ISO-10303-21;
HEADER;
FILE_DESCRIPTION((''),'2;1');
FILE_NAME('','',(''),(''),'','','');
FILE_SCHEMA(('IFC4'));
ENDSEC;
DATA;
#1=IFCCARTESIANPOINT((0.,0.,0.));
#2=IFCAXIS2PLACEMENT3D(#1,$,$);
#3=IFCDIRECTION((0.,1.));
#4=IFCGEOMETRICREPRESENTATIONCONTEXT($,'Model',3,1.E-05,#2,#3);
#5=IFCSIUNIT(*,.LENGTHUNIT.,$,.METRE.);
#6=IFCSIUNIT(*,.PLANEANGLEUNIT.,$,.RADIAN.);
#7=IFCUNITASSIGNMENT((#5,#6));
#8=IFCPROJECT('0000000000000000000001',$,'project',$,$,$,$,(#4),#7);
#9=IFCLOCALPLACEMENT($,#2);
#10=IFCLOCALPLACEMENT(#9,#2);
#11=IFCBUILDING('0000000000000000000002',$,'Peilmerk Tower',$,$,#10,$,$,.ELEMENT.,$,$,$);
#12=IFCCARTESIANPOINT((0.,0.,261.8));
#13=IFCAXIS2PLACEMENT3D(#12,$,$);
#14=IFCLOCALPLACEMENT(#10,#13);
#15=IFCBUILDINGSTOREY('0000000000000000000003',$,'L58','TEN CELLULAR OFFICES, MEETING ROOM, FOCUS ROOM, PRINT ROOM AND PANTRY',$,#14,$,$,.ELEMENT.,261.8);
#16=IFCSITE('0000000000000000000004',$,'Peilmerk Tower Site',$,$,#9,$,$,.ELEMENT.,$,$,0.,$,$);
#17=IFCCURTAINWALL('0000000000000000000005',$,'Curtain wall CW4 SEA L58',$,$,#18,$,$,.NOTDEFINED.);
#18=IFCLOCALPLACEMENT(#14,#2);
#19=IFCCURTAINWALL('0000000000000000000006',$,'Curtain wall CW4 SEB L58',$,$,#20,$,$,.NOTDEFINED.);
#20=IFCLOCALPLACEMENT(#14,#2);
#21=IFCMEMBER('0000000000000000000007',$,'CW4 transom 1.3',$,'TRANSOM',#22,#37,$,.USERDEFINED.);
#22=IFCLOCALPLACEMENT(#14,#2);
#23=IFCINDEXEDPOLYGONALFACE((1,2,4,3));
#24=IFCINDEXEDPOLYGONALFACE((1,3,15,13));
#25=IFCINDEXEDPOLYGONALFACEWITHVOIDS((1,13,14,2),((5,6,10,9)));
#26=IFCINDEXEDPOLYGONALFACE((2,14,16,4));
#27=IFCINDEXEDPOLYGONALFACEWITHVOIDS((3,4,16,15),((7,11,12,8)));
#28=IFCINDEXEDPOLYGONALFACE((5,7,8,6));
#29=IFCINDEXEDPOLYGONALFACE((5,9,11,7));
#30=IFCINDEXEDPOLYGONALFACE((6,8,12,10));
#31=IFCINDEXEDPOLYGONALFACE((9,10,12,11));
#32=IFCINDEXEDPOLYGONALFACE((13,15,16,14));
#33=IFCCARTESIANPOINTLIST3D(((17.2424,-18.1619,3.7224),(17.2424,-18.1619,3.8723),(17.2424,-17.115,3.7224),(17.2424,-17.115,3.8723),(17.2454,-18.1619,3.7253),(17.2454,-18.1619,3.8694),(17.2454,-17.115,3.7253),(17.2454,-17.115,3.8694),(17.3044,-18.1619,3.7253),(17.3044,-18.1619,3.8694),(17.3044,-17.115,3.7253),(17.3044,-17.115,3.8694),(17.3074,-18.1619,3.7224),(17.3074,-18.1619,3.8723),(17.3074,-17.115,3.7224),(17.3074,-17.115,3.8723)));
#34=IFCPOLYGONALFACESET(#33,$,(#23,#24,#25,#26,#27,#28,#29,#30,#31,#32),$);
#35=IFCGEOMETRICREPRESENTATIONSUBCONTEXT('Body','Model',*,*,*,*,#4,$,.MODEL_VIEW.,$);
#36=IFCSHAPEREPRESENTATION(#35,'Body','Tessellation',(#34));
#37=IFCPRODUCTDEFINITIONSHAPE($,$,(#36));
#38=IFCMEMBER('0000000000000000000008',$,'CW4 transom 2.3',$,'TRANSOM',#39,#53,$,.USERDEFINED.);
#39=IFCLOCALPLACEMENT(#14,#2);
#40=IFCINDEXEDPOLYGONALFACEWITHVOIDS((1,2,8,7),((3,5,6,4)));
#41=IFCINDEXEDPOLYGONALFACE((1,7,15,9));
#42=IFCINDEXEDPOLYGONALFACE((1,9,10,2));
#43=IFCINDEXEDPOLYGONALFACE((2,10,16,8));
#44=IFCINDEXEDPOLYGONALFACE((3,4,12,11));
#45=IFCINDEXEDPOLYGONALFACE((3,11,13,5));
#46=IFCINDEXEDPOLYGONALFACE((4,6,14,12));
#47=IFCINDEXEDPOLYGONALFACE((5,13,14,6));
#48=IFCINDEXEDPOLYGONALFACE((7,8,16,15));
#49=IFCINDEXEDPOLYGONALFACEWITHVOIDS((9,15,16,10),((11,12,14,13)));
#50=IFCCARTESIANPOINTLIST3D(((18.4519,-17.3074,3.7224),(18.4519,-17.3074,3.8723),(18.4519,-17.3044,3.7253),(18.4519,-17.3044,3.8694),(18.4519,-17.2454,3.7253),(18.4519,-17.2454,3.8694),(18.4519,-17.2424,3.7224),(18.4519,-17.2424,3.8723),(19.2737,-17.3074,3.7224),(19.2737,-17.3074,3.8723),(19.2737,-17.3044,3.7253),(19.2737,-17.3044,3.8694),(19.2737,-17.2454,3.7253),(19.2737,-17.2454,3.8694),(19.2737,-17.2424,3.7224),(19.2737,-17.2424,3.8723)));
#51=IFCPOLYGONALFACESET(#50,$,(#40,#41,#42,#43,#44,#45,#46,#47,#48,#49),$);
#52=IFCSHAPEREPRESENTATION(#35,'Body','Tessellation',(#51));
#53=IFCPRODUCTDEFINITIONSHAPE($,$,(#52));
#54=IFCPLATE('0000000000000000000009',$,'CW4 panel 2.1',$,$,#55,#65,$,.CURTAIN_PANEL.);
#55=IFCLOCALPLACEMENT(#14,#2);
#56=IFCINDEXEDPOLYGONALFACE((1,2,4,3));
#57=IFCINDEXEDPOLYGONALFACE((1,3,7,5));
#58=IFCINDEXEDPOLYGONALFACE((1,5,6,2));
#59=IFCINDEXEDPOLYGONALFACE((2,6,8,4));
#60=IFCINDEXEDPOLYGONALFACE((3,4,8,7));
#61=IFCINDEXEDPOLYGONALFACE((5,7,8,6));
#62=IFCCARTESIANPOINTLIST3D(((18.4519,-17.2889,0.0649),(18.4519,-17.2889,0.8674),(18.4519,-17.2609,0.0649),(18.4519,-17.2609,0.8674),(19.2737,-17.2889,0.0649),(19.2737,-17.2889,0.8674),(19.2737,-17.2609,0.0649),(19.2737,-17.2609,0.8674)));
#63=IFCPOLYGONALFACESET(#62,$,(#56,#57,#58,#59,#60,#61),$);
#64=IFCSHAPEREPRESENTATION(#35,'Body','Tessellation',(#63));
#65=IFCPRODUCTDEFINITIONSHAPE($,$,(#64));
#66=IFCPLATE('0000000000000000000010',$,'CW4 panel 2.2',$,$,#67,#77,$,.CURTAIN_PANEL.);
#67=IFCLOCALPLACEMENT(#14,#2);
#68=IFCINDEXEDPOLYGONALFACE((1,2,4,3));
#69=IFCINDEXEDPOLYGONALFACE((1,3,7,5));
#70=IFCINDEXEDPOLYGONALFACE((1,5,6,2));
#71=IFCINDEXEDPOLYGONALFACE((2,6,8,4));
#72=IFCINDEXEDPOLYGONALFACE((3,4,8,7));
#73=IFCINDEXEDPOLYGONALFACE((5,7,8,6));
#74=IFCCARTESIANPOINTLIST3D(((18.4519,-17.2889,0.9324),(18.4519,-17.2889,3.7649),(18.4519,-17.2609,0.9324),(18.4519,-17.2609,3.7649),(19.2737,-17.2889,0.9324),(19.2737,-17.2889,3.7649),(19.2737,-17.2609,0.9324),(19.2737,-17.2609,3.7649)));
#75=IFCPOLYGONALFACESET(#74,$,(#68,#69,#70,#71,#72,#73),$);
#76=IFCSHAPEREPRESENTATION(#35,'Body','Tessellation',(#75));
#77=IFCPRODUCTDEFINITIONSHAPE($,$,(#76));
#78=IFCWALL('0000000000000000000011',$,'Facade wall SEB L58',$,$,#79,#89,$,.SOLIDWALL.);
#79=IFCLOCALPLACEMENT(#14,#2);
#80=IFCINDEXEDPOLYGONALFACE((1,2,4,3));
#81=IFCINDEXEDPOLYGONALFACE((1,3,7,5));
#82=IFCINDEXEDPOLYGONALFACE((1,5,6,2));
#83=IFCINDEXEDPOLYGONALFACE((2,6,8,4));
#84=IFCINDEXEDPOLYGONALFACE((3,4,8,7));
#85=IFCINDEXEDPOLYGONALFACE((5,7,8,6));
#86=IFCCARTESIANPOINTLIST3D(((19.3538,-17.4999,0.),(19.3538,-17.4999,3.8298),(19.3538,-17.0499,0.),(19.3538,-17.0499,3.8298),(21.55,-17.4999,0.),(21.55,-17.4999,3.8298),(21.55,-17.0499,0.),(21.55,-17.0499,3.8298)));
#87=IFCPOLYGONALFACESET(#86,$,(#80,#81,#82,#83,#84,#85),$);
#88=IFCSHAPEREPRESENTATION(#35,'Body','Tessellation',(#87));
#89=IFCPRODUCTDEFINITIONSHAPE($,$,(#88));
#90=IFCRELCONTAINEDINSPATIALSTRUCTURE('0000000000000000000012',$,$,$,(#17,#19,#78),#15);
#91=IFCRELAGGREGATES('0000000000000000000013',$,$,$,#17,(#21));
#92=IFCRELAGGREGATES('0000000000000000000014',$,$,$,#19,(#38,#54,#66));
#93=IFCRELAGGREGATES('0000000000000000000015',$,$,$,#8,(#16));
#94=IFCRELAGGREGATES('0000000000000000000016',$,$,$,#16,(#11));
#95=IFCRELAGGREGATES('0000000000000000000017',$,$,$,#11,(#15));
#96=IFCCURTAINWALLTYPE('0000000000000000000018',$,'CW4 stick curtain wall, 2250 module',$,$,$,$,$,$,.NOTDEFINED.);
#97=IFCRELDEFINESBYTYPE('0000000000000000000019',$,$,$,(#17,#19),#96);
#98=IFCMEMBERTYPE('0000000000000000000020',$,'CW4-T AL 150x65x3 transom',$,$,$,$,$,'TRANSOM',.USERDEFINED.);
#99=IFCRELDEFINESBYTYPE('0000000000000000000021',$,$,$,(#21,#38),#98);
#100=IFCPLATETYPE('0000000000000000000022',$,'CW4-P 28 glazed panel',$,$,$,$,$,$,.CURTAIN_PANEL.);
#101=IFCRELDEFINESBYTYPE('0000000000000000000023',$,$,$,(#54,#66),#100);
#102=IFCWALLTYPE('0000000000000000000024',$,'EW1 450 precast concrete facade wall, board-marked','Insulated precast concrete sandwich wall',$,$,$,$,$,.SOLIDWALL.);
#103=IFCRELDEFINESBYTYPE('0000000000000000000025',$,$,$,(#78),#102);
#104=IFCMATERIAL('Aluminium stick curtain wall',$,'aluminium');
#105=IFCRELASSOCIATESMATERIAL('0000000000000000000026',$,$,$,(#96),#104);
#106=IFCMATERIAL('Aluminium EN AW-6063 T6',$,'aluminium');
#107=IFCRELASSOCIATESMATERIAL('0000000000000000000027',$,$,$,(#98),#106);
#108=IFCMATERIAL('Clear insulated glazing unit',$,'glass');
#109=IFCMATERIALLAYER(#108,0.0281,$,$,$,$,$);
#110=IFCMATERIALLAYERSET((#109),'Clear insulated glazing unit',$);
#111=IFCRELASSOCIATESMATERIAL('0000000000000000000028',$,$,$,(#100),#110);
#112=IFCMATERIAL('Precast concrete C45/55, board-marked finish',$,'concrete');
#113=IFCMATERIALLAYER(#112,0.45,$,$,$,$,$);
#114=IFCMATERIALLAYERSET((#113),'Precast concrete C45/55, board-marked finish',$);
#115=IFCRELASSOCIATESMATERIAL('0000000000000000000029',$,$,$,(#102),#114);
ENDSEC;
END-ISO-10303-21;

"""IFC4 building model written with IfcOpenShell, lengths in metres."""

from ifc_helpers import new_model, si_unit, direction, frame, frame_2d, origin, origin_2d, place, context, subcontext, project, spatial, rectangle, hollow_rectangle, extrude, material, layer, layer_set, material_profile, profile_set, type_object, element, aggregate, save


model = new_model("IFC4")

# Units and contexts
model_context = context("Model", 3, precision=1e-05, world=origin(), true_north=direction((0.0, 1.0)))
body_context = subcontext(model_context, "Body", "Model", "MODEL_VIEW")
ifc_project = project(units=[si_unit("LENGTHUNIT", "METRE"), si_unit("PLANEANGLEUNIT", "RADIAN")], contexts=[model_context])

# Site, building, storey
site_placement = place(None, origin())
site = spatial("IfcSite", under=ifc_project, at=site_placement, Name="Peilmerk Tower Site", CompositionType="ELEMENT", RefElevation=0.0)
building_placement = place(site_placement, origin())
building = spatial("IfcBuilding", under=site, at=building_placement, Name="Peilmerk Tower", CompositionType="ELEMENT")
storey_placement = place(building_placement, frame((0.0, 0.0, 261.8)))
storey = spatial("IfcBuildingStorey", under=building, at=storey_placement, Name="L58", Description="TEN CELLULAR OFFICES, MEETING ROOM, FOCUS ROOM, PRINT ROOM AND PANTRY", CompositionType="ELEMENT", Elevation=261.8)

# Curtain walls
ifc_material_1 = material(Name="Aluminium stick curtain wall", Category="aluminium")
curtain_wall_type = type_object("IfcCurtainWallType", Name="CW4 stick curtain wall, 2250 module", PredefinedType="NOTDEFINED", material=ifc_material_1)
curtain_wall_1_placement = place(storey_placement, origin())
curtain_wall_1 = element("IfcCurtainWall", 1, at=curtain_wall_1_placement, inside=storey, type_object=curtain_wall_type, Name="Curtain wall CW4 SEA L58", PredefinedType="NOTDEFINED")
ifc_material_2 = material(Name="Aluminium EN AW-6063 T6", Category="aluminium")
curtain_wall_2_placement = place(storey_placement, origin())
curtain_wall_2 = element("IfcCurtainWall", 2, at=curtain_wall_2_placement, inside=storey, type_object=curtain_wall_type, Name="Curtain wall CW4 SEB L58", PredefinedType="NOTDEFINED")

# Members
ifc_material_profile_1 = material_profile(ifc_material_2, hollow_rectangle(XDim=0.0649, YDim=0.1499, WallThickness=0.0029, at=origin_2d()), Name="AL 150x65x3")
ifc_profile_set_1 = profile_set([ifc_material_profile_1], Name="Aluminium EN AW-6063 T6")
member_type_1 = type_object("IfcMemberType", Name="CW4-T AL 150x65x3 transom", ElementType="TRANSOM", PredefinedType="USERDEFINED", material=ifc_profile_set_1)
member_1_placement = place(storey_placement, frame((17.2749, -17.115, 3.7974), z_axis=(0.0, -1.0, 0.0), x_axis=(1.0, 0.0, 0.0)))
member_1 = element("IfcMember", 3, at=member_1_placement, type_object=member_type_1, Name="CW4 transom 1.3", ObjectType="TRANSOM", PredefinedType="USERDEFINED", context=body_context, shape_type="SweptSolid", body=[
    extrude(hollow_rectangle(XDim=0.0649, YDim=0.1499, WallThickness=0.0029, at=origin_2d()), origin(), (0.0, 0.0, 1.0), 1.0469),
])
aggregate(curtain_wall_1, [member_1])
member_2_placement = place(storey_placement, frame((18.4519, -17.2749, 3.7974), z_axis=(1.0, 0.0, 0.0), x_axis=(0.0, 1.0, 0.0)))
member_2 = element("IfcMember", 4, at=member_2_placement, type_object=member_type_1, Name="CW4 transom 2.3", ObjectType="TRANSOM", PredefinedType="USERDEFINED", context=body_context, shape_type="SweptSolid", body=[
    extrude(hollow_rectangle(XDim=0.0649, YDim=0.1499, WallThickness=0.0029, at=origin_2d()), origin(), (0.0, 0.0, 1.0), 0.8218),
])

# Plates
ifc_material_3 = material(Name="Clear insulated glazing unit", Category="glass")
ifc_layer_1 = layer(ifc_material_3, 0.0281)
ifc_layer_set_1 = layer_set([ifc_layer_1], Name="Clear insulated glazing unit")
plate_type = type_object("IfcPlateType", Name="CW4-P 28 glazed panel", PredefinedType="CURTAIN_PANEL", material=ifc_layer_set_1)
plate_1_placement = place(storey_placement, frame((18.8628, -17.2749, 0.0649), z_axis=(0.0, 0.0, 1.0), x_axis=(1.0, 0.0, 0.0)))
plate_1 = element("IfcPlate", 5, at=plate_1_placement, type_object=plate_type, Name="CW4 panel 2.1", PredefinedType="CURTAIN_PANEL", context=body_context, shape_type="SweptSolid", body=[
    extrude(rectangle(XDim=0.8218, YDim=0.0281, at=origin_2d()), origin(), (0.0, 0.0, 1.0), 0.8025),
])
plate_2_placement = place(storey_placement, frame((18.8628, -17.2749, 0.9324), z_axis=(0.0, 0.0, 1.0), x_axis=(1.0, 0.0, 0.0)))
plate_2 = element("IfcPlate", 6, at=plate_2_placement, type_object=plate_type, Name="CW4 panel 2.2", PredefinedType="CURTAIN_PANEL", context=body_context, shape_type="SweptSolid", body=[
    extrude(rectangle(XDim=0.8218, YDim=0.0281, at=origin_2d()), origin(), (0.0, 0.0, 1.0), 2.8325),
])
aggregate(curtain_wall_2, [member_2, plate_1, plate_2])

# Wall
ifc_material_4 = material(Name="Precast concrete C45/55, board-marked finish", Category="concrete")
ifc_layer_2 = layer(ifc_material_4, 0.45)
ifc_layer_set_2 = layer_set([ifc_layer_2], Name="Precast concrete C45/55, board-marked finish")
wall_type_1 = type_object("IfcWallType", Name="EW1 450 precast concrete facade wall, board-marked", Description="Insulated precast concrete sandwich wall", PredefinedType="SOLIDWALL", material=ifc_layer_set_2)
wall_1_placement = place(storey_placement, frame((19.3538, -17.2749, 0.0), z_axis=(0.0, 0.0, 1.0), x_axis=(1.0, 0.0, 0.0)))
element("IfcWall", 7, at=wall_1_placement, inside=storey, type_object=wall_type_1, Name="Facade wall SEB L58", PredefinedType="SOLIDWALL", context=body_context, shape_type="SweptSolid", body=[
    extrude(rectangle(XDim=2.1963, YDim=0.45, at=frame_2d((1.0981, 0.0))), origin(), (0.0, 0.0, 1.0), 3.8298),
])

save(model, "model.ifc")
